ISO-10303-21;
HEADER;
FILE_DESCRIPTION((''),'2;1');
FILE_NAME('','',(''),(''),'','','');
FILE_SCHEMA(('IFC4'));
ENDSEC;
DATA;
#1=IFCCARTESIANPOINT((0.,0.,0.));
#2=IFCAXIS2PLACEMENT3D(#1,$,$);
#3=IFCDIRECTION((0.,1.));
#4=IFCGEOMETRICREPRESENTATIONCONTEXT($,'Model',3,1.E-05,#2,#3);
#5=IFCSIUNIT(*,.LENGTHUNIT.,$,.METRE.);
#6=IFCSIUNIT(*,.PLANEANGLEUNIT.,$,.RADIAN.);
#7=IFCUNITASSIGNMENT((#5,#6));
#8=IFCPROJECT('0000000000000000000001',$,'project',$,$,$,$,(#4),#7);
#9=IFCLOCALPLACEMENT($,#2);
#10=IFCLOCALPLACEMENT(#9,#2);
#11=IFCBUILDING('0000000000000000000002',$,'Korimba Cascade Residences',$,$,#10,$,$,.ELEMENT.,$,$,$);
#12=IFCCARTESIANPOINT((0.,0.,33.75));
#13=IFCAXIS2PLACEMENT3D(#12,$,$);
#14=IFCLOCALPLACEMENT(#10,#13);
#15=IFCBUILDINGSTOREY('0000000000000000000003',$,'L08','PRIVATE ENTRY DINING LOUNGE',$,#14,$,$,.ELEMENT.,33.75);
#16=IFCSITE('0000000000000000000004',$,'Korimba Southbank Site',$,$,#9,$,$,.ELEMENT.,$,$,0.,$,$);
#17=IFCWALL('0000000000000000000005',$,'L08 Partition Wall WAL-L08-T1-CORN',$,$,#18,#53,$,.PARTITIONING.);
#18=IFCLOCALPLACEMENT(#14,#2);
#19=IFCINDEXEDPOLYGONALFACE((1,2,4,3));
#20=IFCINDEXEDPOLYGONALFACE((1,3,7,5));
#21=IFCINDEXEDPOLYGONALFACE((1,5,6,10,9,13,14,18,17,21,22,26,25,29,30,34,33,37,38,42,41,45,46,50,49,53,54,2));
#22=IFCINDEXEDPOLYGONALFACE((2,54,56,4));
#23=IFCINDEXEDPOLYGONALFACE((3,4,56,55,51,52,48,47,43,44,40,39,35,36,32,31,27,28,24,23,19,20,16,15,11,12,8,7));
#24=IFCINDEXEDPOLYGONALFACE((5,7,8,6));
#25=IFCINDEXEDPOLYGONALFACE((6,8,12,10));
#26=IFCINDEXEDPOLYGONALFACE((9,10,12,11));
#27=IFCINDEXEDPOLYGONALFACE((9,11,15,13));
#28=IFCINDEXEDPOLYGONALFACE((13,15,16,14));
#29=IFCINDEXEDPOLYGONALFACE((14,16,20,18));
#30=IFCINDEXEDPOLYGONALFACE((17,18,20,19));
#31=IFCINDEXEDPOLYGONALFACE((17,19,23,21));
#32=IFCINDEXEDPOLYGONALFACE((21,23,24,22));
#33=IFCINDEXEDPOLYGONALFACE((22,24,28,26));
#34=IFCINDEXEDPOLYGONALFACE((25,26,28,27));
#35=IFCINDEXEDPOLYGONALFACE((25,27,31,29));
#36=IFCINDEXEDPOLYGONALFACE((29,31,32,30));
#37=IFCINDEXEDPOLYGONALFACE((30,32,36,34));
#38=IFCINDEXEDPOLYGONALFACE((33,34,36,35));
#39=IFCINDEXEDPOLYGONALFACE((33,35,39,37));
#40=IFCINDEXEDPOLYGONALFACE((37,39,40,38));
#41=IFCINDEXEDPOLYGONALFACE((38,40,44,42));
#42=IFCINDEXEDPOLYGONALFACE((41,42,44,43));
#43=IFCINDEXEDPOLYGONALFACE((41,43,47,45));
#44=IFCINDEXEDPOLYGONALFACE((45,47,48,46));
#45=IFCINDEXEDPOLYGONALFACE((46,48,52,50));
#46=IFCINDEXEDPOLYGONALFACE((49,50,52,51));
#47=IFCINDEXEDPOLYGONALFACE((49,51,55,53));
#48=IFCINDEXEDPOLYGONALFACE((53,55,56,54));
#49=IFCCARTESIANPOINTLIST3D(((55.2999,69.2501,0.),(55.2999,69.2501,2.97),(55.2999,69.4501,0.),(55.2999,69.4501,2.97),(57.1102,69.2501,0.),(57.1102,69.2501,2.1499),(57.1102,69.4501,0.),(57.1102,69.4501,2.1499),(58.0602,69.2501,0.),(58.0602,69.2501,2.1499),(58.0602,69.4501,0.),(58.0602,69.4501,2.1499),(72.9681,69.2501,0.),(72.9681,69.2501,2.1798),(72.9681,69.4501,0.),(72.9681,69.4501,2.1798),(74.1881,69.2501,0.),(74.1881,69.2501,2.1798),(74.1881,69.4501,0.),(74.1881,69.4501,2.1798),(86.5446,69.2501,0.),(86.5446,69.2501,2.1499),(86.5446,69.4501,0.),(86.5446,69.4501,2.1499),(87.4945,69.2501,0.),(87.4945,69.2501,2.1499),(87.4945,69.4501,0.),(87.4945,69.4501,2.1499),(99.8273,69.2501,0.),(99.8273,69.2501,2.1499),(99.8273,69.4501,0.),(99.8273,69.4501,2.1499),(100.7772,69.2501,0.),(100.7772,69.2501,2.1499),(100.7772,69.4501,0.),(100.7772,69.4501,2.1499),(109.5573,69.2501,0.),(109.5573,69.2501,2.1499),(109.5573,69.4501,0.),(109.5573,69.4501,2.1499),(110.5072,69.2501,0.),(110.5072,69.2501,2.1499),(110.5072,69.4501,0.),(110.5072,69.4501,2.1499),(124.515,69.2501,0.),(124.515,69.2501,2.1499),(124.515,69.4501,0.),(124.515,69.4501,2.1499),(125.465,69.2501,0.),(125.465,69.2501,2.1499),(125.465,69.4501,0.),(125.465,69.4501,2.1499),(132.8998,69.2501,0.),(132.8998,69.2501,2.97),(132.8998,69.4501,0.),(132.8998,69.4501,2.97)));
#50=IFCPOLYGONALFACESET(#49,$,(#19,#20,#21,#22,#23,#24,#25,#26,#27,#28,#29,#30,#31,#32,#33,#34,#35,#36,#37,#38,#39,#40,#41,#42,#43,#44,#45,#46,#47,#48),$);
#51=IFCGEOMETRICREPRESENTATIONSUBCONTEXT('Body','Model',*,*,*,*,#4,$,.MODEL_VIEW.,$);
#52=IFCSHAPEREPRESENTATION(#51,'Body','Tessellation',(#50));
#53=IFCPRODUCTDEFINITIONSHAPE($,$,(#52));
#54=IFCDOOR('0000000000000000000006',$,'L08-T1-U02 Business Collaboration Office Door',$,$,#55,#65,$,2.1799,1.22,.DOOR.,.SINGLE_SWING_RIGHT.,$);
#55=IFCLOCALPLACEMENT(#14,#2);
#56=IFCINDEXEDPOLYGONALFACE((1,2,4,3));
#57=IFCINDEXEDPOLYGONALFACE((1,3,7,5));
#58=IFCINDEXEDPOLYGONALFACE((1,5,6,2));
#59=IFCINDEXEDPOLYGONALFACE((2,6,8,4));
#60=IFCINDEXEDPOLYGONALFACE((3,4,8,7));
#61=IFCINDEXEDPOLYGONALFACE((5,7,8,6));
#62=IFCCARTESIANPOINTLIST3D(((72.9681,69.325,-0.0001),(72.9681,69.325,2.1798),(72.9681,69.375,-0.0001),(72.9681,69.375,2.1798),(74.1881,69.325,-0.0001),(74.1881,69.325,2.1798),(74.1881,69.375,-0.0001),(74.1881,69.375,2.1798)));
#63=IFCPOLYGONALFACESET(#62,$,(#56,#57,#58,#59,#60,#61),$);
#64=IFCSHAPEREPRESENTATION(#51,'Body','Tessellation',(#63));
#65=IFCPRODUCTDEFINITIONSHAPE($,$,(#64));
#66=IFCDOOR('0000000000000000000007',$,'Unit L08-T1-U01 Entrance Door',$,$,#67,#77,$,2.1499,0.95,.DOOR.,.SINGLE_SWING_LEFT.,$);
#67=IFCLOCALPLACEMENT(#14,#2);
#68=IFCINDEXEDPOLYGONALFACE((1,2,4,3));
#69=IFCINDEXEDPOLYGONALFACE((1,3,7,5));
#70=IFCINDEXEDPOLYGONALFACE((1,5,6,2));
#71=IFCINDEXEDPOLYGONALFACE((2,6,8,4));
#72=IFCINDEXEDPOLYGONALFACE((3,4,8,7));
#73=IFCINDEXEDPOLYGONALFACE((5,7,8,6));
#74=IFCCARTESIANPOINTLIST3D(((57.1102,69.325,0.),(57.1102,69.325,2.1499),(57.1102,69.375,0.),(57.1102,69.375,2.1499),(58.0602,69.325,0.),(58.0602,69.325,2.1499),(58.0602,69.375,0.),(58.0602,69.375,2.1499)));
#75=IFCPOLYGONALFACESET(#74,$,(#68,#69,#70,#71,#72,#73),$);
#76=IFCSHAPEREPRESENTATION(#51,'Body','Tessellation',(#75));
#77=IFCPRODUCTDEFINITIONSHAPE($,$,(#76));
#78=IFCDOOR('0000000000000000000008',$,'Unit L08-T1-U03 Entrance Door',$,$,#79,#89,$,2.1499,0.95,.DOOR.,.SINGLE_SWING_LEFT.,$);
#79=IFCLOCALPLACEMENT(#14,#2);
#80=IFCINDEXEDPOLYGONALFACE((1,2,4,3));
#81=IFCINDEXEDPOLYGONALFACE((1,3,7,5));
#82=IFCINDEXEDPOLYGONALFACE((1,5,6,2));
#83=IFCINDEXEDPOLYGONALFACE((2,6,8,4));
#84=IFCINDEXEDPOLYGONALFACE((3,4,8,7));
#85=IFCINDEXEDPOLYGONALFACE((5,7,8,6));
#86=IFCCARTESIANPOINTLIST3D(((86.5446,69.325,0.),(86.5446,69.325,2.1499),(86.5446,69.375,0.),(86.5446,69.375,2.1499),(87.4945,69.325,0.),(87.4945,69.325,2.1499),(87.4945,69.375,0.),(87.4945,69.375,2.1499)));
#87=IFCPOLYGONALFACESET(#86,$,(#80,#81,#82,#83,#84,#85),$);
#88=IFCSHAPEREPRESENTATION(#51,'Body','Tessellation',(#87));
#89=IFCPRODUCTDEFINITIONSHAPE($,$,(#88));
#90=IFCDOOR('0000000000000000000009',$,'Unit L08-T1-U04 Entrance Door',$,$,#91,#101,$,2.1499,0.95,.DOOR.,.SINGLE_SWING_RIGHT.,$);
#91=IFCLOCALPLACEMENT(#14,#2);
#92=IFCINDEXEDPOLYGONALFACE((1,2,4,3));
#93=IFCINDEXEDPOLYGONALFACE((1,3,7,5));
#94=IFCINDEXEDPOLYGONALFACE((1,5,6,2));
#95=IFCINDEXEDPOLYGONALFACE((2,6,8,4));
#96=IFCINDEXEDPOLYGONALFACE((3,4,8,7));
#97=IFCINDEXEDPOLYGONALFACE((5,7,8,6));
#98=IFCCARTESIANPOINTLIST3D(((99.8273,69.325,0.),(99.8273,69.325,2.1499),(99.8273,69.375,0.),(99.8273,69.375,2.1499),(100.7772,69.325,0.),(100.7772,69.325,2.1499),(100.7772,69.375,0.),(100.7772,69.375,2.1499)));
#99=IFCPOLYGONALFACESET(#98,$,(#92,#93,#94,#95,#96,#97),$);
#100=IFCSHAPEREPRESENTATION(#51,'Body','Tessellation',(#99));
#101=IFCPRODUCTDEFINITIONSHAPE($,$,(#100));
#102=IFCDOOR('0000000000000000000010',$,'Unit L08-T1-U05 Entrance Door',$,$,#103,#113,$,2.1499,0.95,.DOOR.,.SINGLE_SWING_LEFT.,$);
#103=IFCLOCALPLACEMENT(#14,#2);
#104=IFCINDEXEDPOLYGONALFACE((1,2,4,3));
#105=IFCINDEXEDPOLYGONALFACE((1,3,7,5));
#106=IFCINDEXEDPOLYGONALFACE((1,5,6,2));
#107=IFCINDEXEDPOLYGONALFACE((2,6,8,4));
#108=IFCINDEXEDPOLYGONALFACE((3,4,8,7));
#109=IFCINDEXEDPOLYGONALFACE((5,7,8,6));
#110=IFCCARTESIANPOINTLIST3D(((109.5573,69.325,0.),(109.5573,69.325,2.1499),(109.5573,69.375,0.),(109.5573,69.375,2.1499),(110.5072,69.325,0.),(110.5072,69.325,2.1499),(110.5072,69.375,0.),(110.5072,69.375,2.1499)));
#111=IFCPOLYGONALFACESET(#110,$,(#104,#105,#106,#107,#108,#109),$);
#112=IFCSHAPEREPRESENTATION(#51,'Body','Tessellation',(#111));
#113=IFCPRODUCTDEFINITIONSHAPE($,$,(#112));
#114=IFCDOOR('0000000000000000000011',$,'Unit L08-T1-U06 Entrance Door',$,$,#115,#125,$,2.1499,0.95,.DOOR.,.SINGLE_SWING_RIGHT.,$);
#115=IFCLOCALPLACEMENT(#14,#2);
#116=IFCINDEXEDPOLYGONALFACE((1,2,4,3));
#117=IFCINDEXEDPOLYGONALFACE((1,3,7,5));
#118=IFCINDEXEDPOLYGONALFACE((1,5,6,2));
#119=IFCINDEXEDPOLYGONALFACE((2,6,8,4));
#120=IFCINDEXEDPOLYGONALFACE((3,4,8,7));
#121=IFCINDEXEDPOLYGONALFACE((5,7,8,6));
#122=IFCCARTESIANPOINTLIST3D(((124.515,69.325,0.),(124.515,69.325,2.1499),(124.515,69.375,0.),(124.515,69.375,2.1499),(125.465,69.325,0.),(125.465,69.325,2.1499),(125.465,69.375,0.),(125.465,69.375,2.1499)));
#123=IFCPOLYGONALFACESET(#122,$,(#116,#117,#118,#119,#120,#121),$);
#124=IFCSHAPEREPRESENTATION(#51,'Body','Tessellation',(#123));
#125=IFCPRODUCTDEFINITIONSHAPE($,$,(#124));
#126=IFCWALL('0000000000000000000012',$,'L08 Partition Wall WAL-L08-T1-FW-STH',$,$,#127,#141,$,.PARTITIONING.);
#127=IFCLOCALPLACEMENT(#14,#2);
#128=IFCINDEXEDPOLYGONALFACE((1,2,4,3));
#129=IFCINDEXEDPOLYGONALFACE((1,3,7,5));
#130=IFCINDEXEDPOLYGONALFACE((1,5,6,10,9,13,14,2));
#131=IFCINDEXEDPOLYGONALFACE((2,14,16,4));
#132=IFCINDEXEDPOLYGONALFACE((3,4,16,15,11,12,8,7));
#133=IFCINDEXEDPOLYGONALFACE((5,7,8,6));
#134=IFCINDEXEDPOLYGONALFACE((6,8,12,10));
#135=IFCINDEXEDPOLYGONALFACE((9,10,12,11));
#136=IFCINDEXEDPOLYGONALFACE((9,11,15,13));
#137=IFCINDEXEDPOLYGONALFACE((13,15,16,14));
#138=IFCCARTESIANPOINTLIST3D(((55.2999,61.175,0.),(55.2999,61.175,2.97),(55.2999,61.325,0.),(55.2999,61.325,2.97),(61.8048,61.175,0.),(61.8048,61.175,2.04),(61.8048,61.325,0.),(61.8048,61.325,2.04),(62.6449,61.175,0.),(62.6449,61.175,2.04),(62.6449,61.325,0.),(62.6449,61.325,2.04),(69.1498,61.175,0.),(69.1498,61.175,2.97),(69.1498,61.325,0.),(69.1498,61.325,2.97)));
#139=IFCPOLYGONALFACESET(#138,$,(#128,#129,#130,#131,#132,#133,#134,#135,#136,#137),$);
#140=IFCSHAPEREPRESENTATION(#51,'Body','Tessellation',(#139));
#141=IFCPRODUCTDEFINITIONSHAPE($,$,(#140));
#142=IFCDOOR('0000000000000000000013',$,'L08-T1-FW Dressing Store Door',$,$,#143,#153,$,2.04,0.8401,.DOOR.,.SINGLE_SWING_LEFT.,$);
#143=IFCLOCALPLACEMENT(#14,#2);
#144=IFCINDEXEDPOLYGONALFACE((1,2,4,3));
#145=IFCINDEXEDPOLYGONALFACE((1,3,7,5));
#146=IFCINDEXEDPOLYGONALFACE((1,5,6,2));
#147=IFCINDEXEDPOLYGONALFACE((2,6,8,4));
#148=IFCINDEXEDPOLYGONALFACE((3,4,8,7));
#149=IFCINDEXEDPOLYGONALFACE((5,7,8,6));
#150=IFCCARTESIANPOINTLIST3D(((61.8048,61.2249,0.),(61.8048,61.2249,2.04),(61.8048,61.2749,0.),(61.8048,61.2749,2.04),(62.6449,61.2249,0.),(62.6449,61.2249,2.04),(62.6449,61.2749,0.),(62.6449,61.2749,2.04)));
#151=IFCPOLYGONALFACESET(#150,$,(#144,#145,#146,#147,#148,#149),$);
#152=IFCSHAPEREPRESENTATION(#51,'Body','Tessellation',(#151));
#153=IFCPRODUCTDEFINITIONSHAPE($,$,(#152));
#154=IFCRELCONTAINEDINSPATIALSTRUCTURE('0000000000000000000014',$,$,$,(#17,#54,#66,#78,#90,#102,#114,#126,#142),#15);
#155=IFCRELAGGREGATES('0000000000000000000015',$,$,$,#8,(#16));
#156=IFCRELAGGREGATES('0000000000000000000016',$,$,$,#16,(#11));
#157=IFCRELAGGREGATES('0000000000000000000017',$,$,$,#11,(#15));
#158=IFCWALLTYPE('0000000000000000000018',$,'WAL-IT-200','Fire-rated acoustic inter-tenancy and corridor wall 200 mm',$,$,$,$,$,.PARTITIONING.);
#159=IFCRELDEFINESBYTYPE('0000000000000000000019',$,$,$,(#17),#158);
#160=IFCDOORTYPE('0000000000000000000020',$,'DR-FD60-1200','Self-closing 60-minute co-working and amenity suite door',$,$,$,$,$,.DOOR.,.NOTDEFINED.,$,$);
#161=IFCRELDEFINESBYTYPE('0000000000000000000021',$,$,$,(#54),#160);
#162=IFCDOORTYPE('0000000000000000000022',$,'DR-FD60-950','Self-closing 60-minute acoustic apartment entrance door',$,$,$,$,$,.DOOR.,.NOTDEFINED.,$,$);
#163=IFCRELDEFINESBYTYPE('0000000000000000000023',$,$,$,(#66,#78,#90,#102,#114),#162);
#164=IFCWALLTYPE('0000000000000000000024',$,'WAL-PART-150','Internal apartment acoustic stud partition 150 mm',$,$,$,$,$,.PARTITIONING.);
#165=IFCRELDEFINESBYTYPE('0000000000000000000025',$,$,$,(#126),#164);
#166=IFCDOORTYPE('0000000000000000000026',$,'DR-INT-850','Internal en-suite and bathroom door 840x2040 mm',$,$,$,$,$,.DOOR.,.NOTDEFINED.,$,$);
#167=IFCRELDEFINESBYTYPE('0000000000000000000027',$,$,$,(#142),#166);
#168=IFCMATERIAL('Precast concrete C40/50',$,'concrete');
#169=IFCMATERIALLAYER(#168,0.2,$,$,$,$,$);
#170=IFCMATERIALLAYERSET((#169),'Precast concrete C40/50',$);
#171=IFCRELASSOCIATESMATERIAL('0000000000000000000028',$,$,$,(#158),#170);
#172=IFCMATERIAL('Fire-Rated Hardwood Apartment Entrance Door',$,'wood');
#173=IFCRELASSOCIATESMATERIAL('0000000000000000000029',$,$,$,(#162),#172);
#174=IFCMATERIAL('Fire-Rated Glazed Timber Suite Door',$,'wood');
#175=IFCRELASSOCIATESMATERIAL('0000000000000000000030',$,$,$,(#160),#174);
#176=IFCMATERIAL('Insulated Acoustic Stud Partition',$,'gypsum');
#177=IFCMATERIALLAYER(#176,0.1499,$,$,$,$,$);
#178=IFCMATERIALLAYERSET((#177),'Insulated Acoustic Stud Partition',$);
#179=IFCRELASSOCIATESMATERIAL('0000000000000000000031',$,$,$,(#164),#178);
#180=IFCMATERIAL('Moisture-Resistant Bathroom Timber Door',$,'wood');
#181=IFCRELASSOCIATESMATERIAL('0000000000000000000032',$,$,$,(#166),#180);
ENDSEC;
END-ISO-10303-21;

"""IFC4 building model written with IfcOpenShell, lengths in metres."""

from ifc_helpers import new_model, si_unit, direction, frame, frame_2d, origin, place, context, subcontext, project, spatial, rectangle, extrude, material, layer, layer_set, type_object, element, fill, save


model = new_model("IFC4")

# Units and contexts
model_context = context("Model", 3, precision=1e-05, world=origin(), true_north=direction((0.0, 1.0)))
body_context = subcontext(model_context, "Body", "Model", "MODEL_VIEW")
ifc_project = project(units=[si_unit("LENGTHUNIT", "METRE"), si_unit("PLANEANGLEUNIT", "RADIAN")], contexts=[model_context])

# Site, building, storey
site_placement = place(None, origin())
site = spatial("IfcSite", under=ifc_project, at=site_placement, Name="Korimba Southbank Site", CompositionType="ELEMENT", RefElevation=0.0)
building_placement = place(site_placement, origin())
building = spatial("IfcBuilding", under=site, at=building_placement, Name="Korimba Cascade Residences", CompositionType="ELEMENT")
storey_placement = place(building_placement, frame((0.0, 0.0, 33.75)))
storey = spatial("IfcBuildingStorey", under=building, at=storey_placement, Name="L08", Description="PRIVATE ENTRY DINING LOUNGE", CompositionType="ELEMENT", Elevation=33.75)

# Shared definitions
ifc_material_1 = material(Name="Precast concrete C40/50", Category="concrete")
ifc_layer_1 = layer(ifc_material_1, 0.2)
ifc_layer_set_1 = layer_set([ifc_layer_1], Name="Precast concrete C40/50")
wall_type_1 = type_object("IfcWallType", Name="WAL-IT-200", Description="Fire-rated acoustic inter-tenancy and corridor wall 200 mm", PredefinedType="PARTITIONING", material=ifc_layer_set_1)
ifc_material_2 = material(Name="Fire-Rated Hardwood Apartment Entrance Door", Category="wood")
door_type_1 = type_object("IfcDoorType", Name="DR-FD60-950", Description="Self-closing 60-minute acoustic apartment entrance door", OperationType="NOTDEFINED", PredefinedType="DOOR", material=ifc_material_2)

# Wall, openings, doors
wall_1_placement = place(storey_placement, frame((55.3, 69.3501, 0.0), z_axis=(0.0, 0.0, 1.0), x_axis=(1.0, 0.0, 0.0)))
wall_1 = element("IfcWall", 1, at=wall_1_placement, inside=storey, type_object=wall_type_1, Name="L08 Partition Wall WAL-L08-T1-CORN", PredefinedType="PARTITIONING", context=body_context, shape_type="SweptSolid", body=[
    extrude(rectangle(XDim=77.5999, YDim=0.2, at=frame_2d((38.7998, 0.0))), origin(), (0.0, 0.0, 1.0), 2.97),
])
opening_1_placement = place(wall_1_placement, frame((1.8101, 0.0, 0.0)))
opening_1 = element("IfcOpeningElement", 2, at=opening_1_placement, cuts=wall_1, PredefinedType="OPENING", context=body_context, shape_type="SweptSolid", body=[
    extrude(rectangle(XDim=0.95, YDim=2.1499, at=frame_2d((0.4751, 1.075))), frame((0.0, 0.1099, 0.0), z_axis=(0.0, -1.0, 0.0), x_axis=(1.0, 0.0, 0.0)), (0.0, 0.0, 1.0), 0.22),
])
opening_2_placement = place(wall_1_placement, frame((17.6682, 0.0, 0.0)))
opening_2 = element("IfcOpeningElement", 3, at=opening_2_placement, cuts=wall_1, PredefinedType="OPENING", context=body_context, shape_type="SweptSolid", body=[
    extrude(rectangle(XDim=1.22, YDim=2.1799, at=frame_2d((0.6099, 1.0898))), frame((0.0, 0.1099, 0.0), z_axis=(0.0, -1.0, 0.0), x_axis=(1.0, 0.0, 0.0)), (0.0, 0.0, 1.0), 0.22),
])
opening_3_placement = place(wall_1_placement, frame((31.2444, 0.0, 0.0)))
opening_3 = element("IfcOpeningElement", 4, at=opening_3_placement, cuts=wall_1, PredefinedType="OPENING", context=body_context, shape_type="SweptSolid", body=[
    extrude(rectangle(XDim=0.95, YDim=2.1499, at=frame_2d((0.4751, 1.075))), frame((0.0, 0.1099, 0.0), z_axis=(0.0, -1.0, 0.0), x_axis=(1.0, 0.0, 0.0)), (0.0, 0.0, 1.0), 0.22),
])
opening_4_placement = place(wall_1_placement, frame((44.5271, 0.0, 0.0)))
opening_4 = element("IfcOpeningElement", 5, at=opening_4_placement, cuts=wall_1, PredefinedType="OPENING", context=body_context, shape_type="SweptSolid", body=[
    extrude(rectangle(XDim=0.95, YDim=2.1499, at=frame_2d((0.4751, 1.075))), frame((0.0, 0.1099, 0.0), z_axis=(0.0, -1.0, 0.0), x_axis=(1.0, 0.0, 0.0)), (0.0, 0.0, 1.0), 0.22),
])
opening_5_placement = place(wall_1_placement, frame((54.2571, 0.0, 0.0)))
opening_5 = element("IfcOpeningElement", 6, at=opening_5_placement, cuts=wall_1, PredefinedType="OPENING", context=body_context, shape_type="SweptSolid", body=[
    extrude(rectangle(XDim=0.95, YDim=2.1499, at=frame_2d((0.4751, 1.075))), frame((0.0, 0.1099, 0.0), z_axis=(0.0, -1.0, 0.0), x_axis=(1.0, 0.0, 0.0)), (0.0, 0.0, 1.0), 0.22),
])
opening_6_placement = place(wall_1_placement, frame((69.2148, 0.0, 0.0)))
opening_6 = element("IfcOpeningElement", 7, at=opening_6_placement, cuts=wall_1, PredefinedType="OPENING", context=body_context, shape_type="SweptSolid", body=[
    extrude(rectangle(XDim=0.95, YDim=2.1499, at=frame_2d((0.4751, 1.075))), frame((0.0, 0.1099, 0.0), z_axis=(0.0, -1.0, 0.0), x_axis=(1.0, 0.0, 0.0)), (0.0, 0.0, 1.0), 0.22),
])
ifc_material_3 = material(Name="Fire-Rated Glazed Timber Suite Door", Category="wood")
door_type_2 = type_object("IfcDoorType", Name="DR-FD60-1200", Description="Self-closing 60-minute co-working and amenity suite door", OperationType="NOTDEFINED", PredefinedType="DOOR", material=ifc_material_3)
door_1_placement = place(opening_2_placement, origin())
door_1 = element("IfcDoor", 8, at=door_1_placement, inside=storey, type_object=door_type_2, Name="L08-T1-U02 Business Collaboration Office Door", OperationType="SINGLE_SWING_RIGHT", OverallHeight=2.1799, OverallWidth=1.22, PredefinedType="DOOR", context=body_context, shape_type="SweptSolid", body=[
    extrude(rectangle(XDim=1.22, YDim=2.1799, at=frame_2d((0.6099, 1.0898))), frame((0.0, 0.0249, 0.0), z_axis=(0.0, -1.0, 0.0), x_axis=(1.0, 0.0, 0.0)), (0.0, 0.0, 1.0), 0.05),
])
fill(opening_2, door_1)
door_2_placement = place(opening_1_placement, origin())
door_2 = element("IfcDoor", 9, at=door_2_placement, inside=storey, type_object=door_type_1, Name="Unit L08-T1-U01 Entrance Door", OperationType="SINGLE_SWING_LEFT", OverallHeight=2.1499, OverallWidth=0.95, PredefinedType="DOOR", context=body_context, shape_type="SweptSolid", body=[
    extrude(rectangle(XDim=0.95, YDim=2.1499, at=frame_2d((0.4751, 1.075))), frame((0.0, 0.0249, 0.0), z_axis=(0.0, -1.0, 0.0), x_axis=(1.0, 0.0, 0.0)), (0.0, 0.0, 1.0), 0.05),
])
fill(opening_1, door_2)
door_3_placement = place(opening_3_placement, origin())
door_3 = element("IfcDoor", 10, at=door_3_placement, inside=storey, type_object=door_type_1, Name="Unit L08-T1-U03 Entrance Door", OperationType="SINGLE_SWING_LEFT", OverallHeight=2.1499, OverallWidth=0.95, PredefinedType="DOOR", context=body_context, shape_type="SweptSolid", body=[
    extrude(rectangle(XDim=0.95, YDim=2.1499, at=frame_2d((0.4751, 1.075))), frame((0.0, 0.0249, 0.0), z_axis=(0.0, -1.0, 0.0), x_axis=(1.0, 0.0, 0.0)), (0.0, 0.0, 1.0), 0.05),
])
fill(opening_3, door_3)
door_4_placement = place(opening_4_placement, origin())
door_4 = element("IfcDoor", 11, at=door_4_placement, inside=storey, type_object=door_type_1, Name="Unit L08-T1-U04 Entrance Door", OperationType="SINGLE_SWING_RIGHT", OverallHeight=2.1499, OverallWidth=0.95, PredefinedType="DOOR", context=body_context, shape_type="SweptSolid", body=[
    extrude(rectangle(XDim=0.95, YDim=2.1499, at=frame_2d((0.4751, 1.075))), frame((0.0, 0.0249, 0.0), z_axis=(0.0, -1.0, 0.0), x_axis=(1.0, 0.0, 0.0)), (0.0, 0.0, 1.0), 0.05),
])
fill(opening_4, door_4)
door_5_placement = place(opening_5_placement, origin())
door_5 = element("IfcDoor", 12, at=door_5_placement, inside=storey, type_object=door_type_1, Name="Unit L08-T1-U05 Entrance Door", OperationType="SINGLE_SWING_LEFT", OverallHeight=2.1499, OverallWidth=0.95, PredefinedType="DOOR", context=body_context, shape_type="SweptSolid", body=[
    extrude(rectangle(XDim=0.95, YDim=2.1499, at=frame_2d((0.4751, 1.075))), frame((0.0, 0.0249, 0.0), z_axis=(0.0, -1.0, 0.0), x_axis=(1.0, 0.0, 0.0)), (0.0, 0.0, 1.0), 0.05),
])
fill(opening_5, door_5)
door_6_placement = place(opening_6_placement, origin())
door_6 = element("IfcDoor", 13, at=door_6_placement, inside=storey, type_object=door_type_1, Name="Unit L08-T1-U06 Entrance Door", OperationType="SINGLE_SWING_RIGHT", OverallHeight=2.1499, OverallWidth=0.95, PredefinedType="DOOR", context=body_context, shape_type="SweptSolid", body=[
    extrude(rectangle(XDim=0.95, YDim=2.1499, at=frame_2d((0.4751, 1.075))), frame((0.0, 0.0249, 0.0), z_axis=(0.0, -1.0, 0.0), x_axis=(1.0, 0.0, 0.0)), (0.0, 0.0, 1.0), 0.05),
])
fill(opening_6, door_6)

# Wall, opening, door
ifc_material_4 = material(Name="Insulated Acoustic Stud Partition", Category="gypsum")
ifc_layer_2 = layer(ifc_material_4, 0.1499)
ifc_layer_set_2 = layer_set([ifc_layer_2], Name="Insulated Acoustic Stud Partition")
wall_type_2 = type_object("IfcWallType", Name="WAL-PART-150", Description="Internal apartment acoustic stud partition 150 mm", PredefinedType="PARTITIONING", material=ifc_layer_set_2)
wall_2_placement = place(storey_placement, frame((55.3, 61.25, 0.0), z_axis=(0.0, 0.0, 1.0), x_axis=(1.0, 0.0, 0.0)))
wall_2 = element("IfcWall", 14, at=wall_2_placement, inside=storey, type_object=wall_type_2, Name="L08 Partition Wall WAL-L08-T1-FW-STH", PredefinedType="PARTITIONING", context=body_context, shape_type="SweptSolid", body=[
    extrude(rectangle(XDim=13.8499, YDim=0.1499, at=frame_2d((6.9248, 0.0))), origin(), (0.0, 0.0, 1.0), 2.97),
])
opening_7_placement = place(wall_2_placement, frame((6.5049, 0.0, 0.0)))
opening_7 = element("IfcOpeningElement", 15, at=opening_7_placement, cuts=wall_2, PredefinedType="OPENING", context=body_context, shape_type="SweptSolid", body=[
    extrude(rectangle(XDim=0.8401, YDim=2.04, at=frame_2d((0.4199, 1.02))), frame((0.0, 0.085, 0.0), z_axis=(0.0, -1.0, 0.0), x_axis=(1.0, 0.0, 0.0)), (0.0, 0.0, 1.0), 0.1699),
])
ifc_material_5 = material(Name="Moisture-Resistant Bathroom Timber Door", Category="wood")
door_type_3 = type_object("IfcDoorType", Name="DR-INT-850", Description="Internal en-suite and bathroom door 840x2040 mm", OperationType="NOTDEFINED", PredefinedType="DOOR", material=ifc_material_5)
door_7_placement = place(opening_7_placement, origin())
door_7 = element("IfcDoor", 16, at=door_7_placement, inside=storey, type_object=door_type_3, Name="L08-T1-FW Dressing Store Door", OperationType="SINGLE_SWING_LEFT", OverallHeight=2.04, OverallWidth=0.8401, PredefinedType="DOOR", context=body_context, shape_type="SweptSolid", body=[
    extrude(rectangle(XDim=0.8401, YDim=2.04, at=frame_2d((0.4199, 1.02))), frame((0.0, 0.0249, 0.0), z_axis=(0.0, -1.0, 0.0), x_axis=(1.0, 0.0, 0.0)), (0.0, 0.0, 1.0), 0.05),
])
fill(opening_7, door_7)

save(model, "model.ifc")
